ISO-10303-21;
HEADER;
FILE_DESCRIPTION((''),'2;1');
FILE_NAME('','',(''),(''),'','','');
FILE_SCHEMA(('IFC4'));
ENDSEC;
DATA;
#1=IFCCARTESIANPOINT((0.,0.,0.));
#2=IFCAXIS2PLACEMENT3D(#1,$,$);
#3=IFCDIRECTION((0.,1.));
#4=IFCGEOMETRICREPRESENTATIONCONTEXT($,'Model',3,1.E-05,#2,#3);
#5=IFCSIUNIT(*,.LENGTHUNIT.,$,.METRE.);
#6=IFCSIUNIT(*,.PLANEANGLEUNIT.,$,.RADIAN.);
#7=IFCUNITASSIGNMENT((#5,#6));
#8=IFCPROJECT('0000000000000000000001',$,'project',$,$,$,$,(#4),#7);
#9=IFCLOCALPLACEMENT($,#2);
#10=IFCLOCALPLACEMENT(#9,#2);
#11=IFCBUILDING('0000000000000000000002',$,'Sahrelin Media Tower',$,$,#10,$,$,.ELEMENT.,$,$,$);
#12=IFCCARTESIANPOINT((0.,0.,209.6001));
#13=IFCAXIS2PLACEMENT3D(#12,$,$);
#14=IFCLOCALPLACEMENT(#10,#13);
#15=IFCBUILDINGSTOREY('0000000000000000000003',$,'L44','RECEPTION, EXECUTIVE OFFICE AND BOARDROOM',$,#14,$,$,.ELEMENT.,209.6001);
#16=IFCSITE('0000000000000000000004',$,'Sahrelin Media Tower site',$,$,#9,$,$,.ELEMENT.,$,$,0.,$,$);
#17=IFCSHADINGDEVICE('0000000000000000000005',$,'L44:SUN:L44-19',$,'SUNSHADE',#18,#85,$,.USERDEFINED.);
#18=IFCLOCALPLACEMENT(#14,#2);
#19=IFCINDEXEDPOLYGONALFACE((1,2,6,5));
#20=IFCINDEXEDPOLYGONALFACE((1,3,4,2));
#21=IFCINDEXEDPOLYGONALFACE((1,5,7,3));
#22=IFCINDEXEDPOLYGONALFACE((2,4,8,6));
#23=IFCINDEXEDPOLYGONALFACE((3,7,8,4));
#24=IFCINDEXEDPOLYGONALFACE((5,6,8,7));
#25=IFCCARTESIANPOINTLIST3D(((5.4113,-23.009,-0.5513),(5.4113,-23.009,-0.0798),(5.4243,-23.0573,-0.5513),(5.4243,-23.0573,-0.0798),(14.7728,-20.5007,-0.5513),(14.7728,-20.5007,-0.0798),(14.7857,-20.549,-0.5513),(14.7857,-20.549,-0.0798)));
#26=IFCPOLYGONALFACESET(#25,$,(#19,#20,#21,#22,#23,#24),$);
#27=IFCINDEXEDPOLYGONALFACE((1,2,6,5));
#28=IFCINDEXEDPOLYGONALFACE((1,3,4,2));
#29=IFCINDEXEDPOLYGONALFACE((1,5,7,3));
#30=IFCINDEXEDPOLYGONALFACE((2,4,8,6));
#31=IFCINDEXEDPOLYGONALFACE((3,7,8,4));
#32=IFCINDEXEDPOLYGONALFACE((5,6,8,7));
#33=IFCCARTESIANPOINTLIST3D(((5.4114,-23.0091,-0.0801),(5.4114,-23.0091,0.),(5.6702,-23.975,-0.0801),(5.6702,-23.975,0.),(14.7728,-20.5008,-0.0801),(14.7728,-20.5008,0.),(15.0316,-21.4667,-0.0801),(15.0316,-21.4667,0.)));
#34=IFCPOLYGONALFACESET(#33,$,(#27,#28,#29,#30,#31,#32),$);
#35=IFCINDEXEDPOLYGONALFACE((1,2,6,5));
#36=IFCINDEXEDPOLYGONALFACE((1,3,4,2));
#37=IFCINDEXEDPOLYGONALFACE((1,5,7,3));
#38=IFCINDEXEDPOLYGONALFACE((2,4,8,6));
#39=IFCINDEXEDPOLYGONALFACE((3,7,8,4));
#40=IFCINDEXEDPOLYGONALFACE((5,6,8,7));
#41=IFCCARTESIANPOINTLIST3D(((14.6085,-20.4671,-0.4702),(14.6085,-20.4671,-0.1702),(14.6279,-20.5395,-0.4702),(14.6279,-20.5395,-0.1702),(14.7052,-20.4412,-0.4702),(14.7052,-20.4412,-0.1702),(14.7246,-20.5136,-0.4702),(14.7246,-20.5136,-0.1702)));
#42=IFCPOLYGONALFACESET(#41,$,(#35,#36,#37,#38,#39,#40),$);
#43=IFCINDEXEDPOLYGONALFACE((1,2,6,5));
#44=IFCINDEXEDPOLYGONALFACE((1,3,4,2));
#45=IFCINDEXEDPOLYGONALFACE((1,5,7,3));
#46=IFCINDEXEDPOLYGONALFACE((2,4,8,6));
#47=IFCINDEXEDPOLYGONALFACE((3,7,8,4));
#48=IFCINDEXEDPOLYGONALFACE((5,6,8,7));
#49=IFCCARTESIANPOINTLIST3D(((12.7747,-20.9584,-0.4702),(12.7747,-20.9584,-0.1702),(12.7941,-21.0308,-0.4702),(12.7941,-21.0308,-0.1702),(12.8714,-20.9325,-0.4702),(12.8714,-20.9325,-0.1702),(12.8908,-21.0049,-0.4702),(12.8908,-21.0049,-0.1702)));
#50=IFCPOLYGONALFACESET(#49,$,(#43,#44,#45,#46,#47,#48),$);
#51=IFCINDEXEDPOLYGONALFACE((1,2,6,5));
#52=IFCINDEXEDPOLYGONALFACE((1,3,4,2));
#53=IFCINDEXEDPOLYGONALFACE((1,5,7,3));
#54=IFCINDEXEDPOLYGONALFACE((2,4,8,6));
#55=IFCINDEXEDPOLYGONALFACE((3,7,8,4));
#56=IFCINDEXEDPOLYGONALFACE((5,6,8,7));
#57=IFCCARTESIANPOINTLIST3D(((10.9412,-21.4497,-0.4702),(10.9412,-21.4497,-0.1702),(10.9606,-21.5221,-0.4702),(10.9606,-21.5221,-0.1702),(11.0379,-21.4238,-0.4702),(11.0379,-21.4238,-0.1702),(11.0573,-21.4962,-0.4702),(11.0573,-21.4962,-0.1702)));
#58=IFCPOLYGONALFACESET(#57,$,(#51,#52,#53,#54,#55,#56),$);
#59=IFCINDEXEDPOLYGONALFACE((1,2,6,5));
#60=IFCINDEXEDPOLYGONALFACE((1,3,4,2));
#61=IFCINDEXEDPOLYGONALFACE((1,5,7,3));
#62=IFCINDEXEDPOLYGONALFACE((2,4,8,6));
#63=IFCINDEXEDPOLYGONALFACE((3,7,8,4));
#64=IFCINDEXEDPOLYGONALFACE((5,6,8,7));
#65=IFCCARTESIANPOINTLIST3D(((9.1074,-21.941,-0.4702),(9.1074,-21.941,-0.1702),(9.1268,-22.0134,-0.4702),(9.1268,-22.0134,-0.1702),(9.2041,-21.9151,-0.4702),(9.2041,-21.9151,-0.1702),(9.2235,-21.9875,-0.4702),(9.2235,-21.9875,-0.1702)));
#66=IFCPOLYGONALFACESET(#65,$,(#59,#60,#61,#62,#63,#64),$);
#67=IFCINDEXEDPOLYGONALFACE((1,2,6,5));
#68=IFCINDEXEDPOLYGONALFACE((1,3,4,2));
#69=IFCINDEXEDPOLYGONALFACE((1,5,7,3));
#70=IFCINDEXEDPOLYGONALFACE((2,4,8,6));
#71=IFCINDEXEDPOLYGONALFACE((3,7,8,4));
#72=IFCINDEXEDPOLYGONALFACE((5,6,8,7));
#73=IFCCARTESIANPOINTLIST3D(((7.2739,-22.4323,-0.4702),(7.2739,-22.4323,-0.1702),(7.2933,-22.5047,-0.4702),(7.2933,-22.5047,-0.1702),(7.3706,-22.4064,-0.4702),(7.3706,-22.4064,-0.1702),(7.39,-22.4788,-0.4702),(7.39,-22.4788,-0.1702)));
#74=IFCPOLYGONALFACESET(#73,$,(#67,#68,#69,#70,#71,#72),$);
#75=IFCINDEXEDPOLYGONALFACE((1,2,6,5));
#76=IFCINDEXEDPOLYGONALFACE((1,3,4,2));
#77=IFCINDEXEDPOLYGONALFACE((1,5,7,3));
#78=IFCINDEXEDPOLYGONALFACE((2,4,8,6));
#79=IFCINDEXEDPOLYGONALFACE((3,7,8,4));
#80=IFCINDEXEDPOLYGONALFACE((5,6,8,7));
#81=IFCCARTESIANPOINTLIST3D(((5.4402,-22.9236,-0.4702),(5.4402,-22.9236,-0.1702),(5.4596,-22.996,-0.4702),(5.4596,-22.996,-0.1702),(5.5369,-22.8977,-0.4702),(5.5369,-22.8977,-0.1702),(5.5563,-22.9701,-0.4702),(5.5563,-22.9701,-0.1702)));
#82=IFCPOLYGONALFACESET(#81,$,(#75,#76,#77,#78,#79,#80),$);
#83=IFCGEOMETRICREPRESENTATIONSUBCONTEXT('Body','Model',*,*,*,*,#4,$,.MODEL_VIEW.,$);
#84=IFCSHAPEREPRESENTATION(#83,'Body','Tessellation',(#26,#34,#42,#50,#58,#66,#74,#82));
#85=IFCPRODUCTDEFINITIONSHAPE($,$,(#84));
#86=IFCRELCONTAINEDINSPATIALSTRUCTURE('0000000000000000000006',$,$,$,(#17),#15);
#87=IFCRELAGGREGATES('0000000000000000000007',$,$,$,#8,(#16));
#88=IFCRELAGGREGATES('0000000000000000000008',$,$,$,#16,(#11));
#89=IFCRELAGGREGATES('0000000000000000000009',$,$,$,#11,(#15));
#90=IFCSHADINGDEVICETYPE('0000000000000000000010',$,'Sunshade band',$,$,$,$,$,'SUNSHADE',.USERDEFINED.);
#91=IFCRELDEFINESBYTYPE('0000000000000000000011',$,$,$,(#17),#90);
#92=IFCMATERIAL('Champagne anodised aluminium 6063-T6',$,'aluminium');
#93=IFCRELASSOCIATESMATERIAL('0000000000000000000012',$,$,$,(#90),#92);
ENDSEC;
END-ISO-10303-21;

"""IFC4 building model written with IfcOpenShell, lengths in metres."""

from ifc_helpers import new_model, si_unit, direction, frame, origin, origin_2d, place, context, subcontext, project, spatial, rectangle, extrude, material, type_object, element, save


model = new_model("IFC4")

# Units and contexts
model_context = context("Model", 3, precision=1e-05, world=origin(), true_north=direction((0.0, 1.0)))
body_context = subcontext(model_context, "Body", "Model", "MODEL_VIEW")
ifc_project = project(units=[si_unit("LENGTHUNIT", "METRE"), si_unit("PLANEANGLEUNIT", "RADIAN")], contexts=[model_context])

# Site, building, storey
site_placement = place(None, origin())
site = spatial("IfcSite", under=ifc_project, at=site_placement, Name="Sahrelin Media Tower site", CompositionType="ELEMENT", RefElevation=0.0)
building_placement = place(site_placement, origin())
building = spatial("IfcBuilding", under=site, at=building_placement, Name="Sahrelin Media Tower", CompositionType="ELEMENT")
storey_placement = place(building_placement, frame((0.0, 0.0, 209.6001)))
storey = spatial("IfcBuildingStorey", under=building, at=storey_placement, Name="L44", Description="RECEPTION, EXECUTIVE OFFICE AND BOARDROOM", CompositionType="ELEMENT", Elevation=209.6001)

# Shared definitions
ifc_material_1 = material(Name="Champagne anodised aluminium 6063-T6", Category="aluminium")

# Shading device
placement_1 = place(storey_placement, frame((10.0869, -21.7356, 0.0), z_axis=(0.0, 0.0, 1.0), x_axis=(-0.965929, -0.258808, 0.0)))
shading_device_type_1 = type_object("IfcShadingDeviceType", Name="Sunshade band", ElementType="SUNSHADE", PredefinedType="USERDEFINED", material=ifc_material_1)
element("IfcShadingDevice", 1, at=placement_1, inside=storey, type_object=shading_device_type_1, Name="L44:SUN:L44-19", ObjectType="SUNSHADE", PredefinedType="USERDEFINED", context=body_context, shape_type="SweptSolid", body=[
    extrude(rectangle(XDim=9.6917, YDim=0.05, at=origin_2d()), frame((0.0, 0.0449, -0.5513)), (0.0, 0.0, 1.0), 0.4714),
    extrude(rectangle(XDim=9.6917, YDim=1.0, at=origin_2d()), frame((0.0, 0.52, -0.0801)), (0.0, 0.0, 1.0), 0.0801),
    extrude(rectangle(XDim=0.1001, YDim=0.075, at=origin_2d()), frame((-4.7458, -0.0176, -0.4702)), (0.0, 0.0, 1.0), 0.3),
    extrude(rectangle(XDim=0.1001, YDim=0.075, at=origin_2d()), frame((-2.8474, -0.0176, -0.4702)), (0.0, 0.0, 1.0), 0.3),
    extrude(rectangle(XDim=0.1001, YDim=0.075, at=origin_2d()), frame((-0.9492, -0.0176, -0.4702)), (0.0, 0.0, 1.0), 0.3),
    extrude(rectangle(XDim=0.1001, YDim=0.075, at=origin_2d()), frame((0.9492, -0.0176, -0.4702)), (0.0, 0.0, 1.0), 0.3),
    extrude(rectangle(XDim=0.1001, YDim=0.075, at=origin_2d()), frame((2.8474, -0.0176, -0.4702)), (0.0, 0.0, 1.0), 0.3),
    extrude(rectangle(XDim=0.1001, YDim=0.075, at=origin_2d()), frame((4.7458, -0.0176, -0.4702)), (0.0, 0.0, 1.0), 0.3),
])

save(model, "model.ifc")
